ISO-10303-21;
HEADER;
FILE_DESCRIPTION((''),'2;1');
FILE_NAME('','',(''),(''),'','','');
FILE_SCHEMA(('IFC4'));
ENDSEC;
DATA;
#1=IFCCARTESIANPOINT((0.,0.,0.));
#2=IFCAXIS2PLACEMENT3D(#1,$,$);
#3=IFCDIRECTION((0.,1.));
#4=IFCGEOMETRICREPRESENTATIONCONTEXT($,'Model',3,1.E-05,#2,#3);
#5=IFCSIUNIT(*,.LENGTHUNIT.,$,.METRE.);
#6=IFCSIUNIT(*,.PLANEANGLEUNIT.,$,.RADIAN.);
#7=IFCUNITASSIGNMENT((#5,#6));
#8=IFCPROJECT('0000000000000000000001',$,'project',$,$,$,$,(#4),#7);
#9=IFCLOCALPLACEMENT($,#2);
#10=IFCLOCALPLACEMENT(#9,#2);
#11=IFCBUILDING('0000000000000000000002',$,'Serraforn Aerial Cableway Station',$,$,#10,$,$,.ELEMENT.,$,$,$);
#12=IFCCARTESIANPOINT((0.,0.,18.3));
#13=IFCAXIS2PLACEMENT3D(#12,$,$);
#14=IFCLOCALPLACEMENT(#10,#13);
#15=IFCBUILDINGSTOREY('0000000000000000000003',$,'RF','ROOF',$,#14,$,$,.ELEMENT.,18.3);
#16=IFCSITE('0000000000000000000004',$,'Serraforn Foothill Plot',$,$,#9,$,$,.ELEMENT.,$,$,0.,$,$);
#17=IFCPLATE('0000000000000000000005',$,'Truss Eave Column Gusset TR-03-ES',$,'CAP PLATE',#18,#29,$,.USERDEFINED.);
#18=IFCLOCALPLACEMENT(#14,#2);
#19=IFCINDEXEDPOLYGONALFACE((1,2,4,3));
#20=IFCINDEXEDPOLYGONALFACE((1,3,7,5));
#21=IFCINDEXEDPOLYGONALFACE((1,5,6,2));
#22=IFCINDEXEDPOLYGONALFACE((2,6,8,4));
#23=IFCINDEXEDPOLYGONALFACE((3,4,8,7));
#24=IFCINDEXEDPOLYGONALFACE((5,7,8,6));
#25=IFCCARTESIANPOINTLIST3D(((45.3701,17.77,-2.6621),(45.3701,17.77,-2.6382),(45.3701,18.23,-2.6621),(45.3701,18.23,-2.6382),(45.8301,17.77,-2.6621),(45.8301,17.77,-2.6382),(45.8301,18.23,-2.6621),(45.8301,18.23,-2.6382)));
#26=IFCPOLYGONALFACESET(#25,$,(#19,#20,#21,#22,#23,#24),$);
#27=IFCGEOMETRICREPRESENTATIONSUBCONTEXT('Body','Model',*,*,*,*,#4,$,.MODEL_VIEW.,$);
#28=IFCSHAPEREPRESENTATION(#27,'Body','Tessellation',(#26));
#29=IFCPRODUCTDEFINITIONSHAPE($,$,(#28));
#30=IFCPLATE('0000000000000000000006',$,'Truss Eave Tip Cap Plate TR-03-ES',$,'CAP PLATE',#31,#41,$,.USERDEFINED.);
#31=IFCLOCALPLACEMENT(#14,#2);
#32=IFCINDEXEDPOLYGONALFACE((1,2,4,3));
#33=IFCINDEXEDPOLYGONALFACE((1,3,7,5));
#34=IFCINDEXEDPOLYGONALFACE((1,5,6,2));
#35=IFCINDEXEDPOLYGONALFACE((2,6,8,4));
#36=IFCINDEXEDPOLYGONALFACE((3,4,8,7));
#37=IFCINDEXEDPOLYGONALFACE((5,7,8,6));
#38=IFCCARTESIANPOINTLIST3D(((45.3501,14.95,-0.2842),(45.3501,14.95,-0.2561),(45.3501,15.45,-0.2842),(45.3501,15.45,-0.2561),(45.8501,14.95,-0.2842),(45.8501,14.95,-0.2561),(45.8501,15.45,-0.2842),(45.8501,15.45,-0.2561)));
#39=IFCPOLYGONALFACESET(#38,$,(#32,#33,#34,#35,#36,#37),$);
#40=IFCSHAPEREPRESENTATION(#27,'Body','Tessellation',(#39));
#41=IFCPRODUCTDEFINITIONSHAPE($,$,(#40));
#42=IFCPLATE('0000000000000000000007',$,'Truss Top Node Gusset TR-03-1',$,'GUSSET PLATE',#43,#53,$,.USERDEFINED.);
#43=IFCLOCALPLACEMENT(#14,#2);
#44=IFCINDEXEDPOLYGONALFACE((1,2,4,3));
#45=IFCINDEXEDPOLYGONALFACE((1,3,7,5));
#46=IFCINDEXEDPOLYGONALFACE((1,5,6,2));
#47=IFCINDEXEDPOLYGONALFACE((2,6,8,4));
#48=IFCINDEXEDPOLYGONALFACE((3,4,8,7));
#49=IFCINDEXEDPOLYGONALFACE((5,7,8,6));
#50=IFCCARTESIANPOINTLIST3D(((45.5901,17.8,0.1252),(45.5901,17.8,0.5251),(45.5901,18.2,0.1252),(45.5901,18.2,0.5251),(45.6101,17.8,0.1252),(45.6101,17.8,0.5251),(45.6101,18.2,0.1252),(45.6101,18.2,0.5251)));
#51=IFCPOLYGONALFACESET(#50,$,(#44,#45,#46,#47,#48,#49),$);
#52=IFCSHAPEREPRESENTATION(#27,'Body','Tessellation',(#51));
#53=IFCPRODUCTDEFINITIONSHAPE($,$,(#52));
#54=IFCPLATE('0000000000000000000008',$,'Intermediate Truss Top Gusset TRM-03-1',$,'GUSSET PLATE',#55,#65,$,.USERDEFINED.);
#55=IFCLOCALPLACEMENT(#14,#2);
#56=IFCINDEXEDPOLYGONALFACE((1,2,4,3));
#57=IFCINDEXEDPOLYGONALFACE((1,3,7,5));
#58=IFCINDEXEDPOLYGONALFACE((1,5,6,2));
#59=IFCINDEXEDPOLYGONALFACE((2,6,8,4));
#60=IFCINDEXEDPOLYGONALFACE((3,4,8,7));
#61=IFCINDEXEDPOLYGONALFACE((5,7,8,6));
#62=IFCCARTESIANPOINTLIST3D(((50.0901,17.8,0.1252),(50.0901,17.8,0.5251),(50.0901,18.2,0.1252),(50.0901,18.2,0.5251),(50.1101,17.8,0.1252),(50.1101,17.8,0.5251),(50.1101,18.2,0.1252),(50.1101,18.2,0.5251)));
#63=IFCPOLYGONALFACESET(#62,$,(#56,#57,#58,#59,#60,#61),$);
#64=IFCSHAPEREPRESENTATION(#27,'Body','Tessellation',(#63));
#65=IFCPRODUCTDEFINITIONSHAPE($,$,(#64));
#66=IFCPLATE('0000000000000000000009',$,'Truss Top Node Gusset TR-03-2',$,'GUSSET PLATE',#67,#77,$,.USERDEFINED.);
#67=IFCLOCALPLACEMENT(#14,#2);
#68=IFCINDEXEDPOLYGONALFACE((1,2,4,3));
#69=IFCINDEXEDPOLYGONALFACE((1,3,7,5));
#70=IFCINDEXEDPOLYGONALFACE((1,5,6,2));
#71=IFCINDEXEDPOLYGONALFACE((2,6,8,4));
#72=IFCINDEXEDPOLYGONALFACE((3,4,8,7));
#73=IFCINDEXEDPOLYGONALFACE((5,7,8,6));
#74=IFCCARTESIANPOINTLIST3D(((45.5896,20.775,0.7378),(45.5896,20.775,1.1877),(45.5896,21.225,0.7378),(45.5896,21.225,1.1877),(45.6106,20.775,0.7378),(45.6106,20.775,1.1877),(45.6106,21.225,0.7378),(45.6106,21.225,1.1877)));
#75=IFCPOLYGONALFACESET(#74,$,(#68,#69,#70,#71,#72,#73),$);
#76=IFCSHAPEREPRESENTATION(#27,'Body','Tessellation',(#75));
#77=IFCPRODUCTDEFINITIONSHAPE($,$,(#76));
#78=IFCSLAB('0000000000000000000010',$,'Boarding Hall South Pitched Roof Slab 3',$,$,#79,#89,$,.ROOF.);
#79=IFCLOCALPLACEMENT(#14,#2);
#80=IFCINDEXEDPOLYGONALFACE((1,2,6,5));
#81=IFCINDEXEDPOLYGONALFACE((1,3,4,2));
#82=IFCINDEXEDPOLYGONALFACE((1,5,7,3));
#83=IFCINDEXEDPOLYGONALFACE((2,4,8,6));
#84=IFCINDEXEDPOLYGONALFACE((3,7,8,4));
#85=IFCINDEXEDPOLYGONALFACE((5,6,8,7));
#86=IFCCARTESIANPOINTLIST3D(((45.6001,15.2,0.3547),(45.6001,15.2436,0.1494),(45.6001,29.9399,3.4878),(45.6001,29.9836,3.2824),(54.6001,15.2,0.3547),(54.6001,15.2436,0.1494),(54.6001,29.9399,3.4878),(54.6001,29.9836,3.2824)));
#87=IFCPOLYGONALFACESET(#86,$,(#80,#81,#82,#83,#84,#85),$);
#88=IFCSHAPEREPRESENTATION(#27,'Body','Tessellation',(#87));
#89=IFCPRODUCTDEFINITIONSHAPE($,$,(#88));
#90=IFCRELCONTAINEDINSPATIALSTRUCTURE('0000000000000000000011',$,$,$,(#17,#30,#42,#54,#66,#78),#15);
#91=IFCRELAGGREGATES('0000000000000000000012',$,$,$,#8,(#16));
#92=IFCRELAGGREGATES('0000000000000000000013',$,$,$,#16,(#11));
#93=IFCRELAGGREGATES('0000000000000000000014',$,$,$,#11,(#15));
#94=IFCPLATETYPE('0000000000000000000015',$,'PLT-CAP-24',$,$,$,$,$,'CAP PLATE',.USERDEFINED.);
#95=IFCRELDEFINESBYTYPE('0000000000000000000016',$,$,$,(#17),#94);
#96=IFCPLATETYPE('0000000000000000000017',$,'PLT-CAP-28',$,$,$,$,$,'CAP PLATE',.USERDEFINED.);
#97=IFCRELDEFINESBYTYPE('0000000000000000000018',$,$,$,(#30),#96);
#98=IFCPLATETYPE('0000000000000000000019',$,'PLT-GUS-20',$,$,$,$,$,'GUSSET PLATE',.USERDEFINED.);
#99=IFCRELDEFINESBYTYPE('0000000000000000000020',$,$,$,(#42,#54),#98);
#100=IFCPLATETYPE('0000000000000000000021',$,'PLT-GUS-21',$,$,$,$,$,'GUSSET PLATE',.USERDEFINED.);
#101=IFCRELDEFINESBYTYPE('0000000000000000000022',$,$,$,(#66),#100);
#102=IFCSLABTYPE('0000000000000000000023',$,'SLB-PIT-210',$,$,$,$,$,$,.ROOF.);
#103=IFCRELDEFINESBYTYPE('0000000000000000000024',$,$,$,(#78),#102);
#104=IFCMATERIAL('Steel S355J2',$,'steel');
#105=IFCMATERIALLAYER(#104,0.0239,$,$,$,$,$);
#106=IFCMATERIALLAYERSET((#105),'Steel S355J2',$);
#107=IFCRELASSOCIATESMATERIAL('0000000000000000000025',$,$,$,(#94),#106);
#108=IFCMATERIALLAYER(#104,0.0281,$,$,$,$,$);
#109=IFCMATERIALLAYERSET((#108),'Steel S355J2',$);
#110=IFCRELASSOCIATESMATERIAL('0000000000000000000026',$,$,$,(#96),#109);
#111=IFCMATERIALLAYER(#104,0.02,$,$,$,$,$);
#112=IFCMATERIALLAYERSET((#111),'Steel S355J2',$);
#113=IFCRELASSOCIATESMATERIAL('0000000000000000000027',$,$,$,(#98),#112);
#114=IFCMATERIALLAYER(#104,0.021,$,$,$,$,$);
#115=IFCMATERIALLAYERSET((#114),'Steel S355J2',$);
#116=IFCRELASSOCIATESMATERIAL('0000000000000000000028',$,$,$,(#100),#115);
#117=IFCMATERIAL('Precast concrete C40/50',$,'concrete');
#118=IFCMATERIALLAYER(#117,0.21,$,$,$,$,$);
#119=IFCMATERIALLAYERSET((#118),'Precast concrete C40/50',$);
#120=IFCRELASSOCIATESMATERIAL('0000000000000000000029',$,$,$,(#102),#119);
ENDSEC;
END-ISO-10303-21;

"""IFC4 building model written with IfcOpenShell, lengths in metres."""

from ifc_helpers import new_model, si_unit, direction, frame, origin, origin_2d, place, context, subcontext, project, spatial, polyline, rectangle, outline, extrude, material, layer, layer_set, type_object, element, save


model = new_model("IFC4")

# Units and contexts
model_context = context("Model", 3, precision=1e-05, world=origin(), true_north=direction((0.0, 1.0)))
body_context = subcontext(model_context, "Body", "Model", "MODEL_VIEW")
ifc_project = project(units=[si_unit("LENGTHUNIT", "METRE"), si_unit("PLANEANGLEUNIT", "RADIAN")], contexts=[model_context])

# Site, building, storey
site_placement = place(None, origin())
site = spatial("IfcSite", under=ifc_project, at=site_placement, Name="Serraforn Foothill Plot", CompositionType="ELEMENT", RefElevation=0.0)
building_placement = place(site_placement, origin())
building = spatial("IfcBuilding", under=site, at=building_placement, Name="Serraforn Aerial Cableway Station", CompositionType="ELEMENT")
storey_placement = place(building_placement, frame((0.0, 0.0, 18.3)))
storey = spatial("IfcBuildingStorey", under=building, at=storey_placement, Name="RF", Description="ROOF", CompositionType="ELEMENT", Elevation=18.3)

# Shared definitions
ifc_material_1 = material(Name="Steel S355J2", Category="steel")

# Plates
ifc_layer_1 = layer(ifc_material_1, 0.0239)
ifc_layer_set_1 = layer_set([ifc_layer_1], Name="Steel S355J2")
plate_type_1 = type_object("IfcPlateType", Name="PLT-CAP-24", ElementType="CAP PLATE", PredefinedType="USERDEFINED", material=ifc_layer_set_1)
plate_1_placement = place(storey_placement, frame((45.6001, 18.0, -2.6621), z_axis=(0.0, 0.0, 1.0), x_axis=(1.0, 0.0, 0.0)))
element("IfcPlate", 1, at=plate_1_placement, inside=storey, type_object=plate_type_1, Name="Truss Eave Column Gusset TR-03-ES", ObjectType="CAP PLATE", PredefinedType="USERDEFINED", context=body_context, shape_type="SweptSolid", body=[
    extrude(rectangle(XDim=0.46, YDim=0.46, at=origin_2d()), origin(), (0.0, 0.0, 1.0), 0.0239),
])
ifc_layer_2 = layer(ifc_material_1, 0.0281)
ifc_layer_set_2 = layer_set([ifc_layer_2], Name="Steel S355J2")
plate_type_2 = type_object("IfcPlateType", Name="PLT-CAP-28", ElementType="CAP PLATE", PredefinedType="USERDEFINED", material=ifc_layer_set_2)
plate_2_placement = place(storey_placement, frame((45.6001, 15.2, -0.2842), z_axis=(0.0, 0.0, 1.0), x_axis=(1.0, 0.0, 0.0)))
element("IfcPlate", 2, at=plate_2_placement, inside=storey, type_object=plate_type_2, Name="Truss Eave Tip Cap Plate TR-03-ES", ObjectType="CAP PLATE", PredefinedType="USERDEFINED", context=body_context, shape_type="SweptSolid", body=[
    extrude(rectangle(XDim=0.5, YDim=0.5, at=origin_2d()), origin(), (0.0, 0.0, 1.0), 0.0281),
])
ifc_layer_3 = layer(ifc_material_1, 0.02)
ifc_layer_set_3 = layer_set([ifc_layer_3], Name="Steel S355J2")
plate_type_3 = type_object("IfcPlateType", Name="PLT-GUS-20", ElementType="GUSSET PLATE", PredefinedType="USERDEFINED", material=ifc_layer_set_3)
for number, where, z_axis, x_axis, name in (
    (3, (45.6001, 18.0, 0.1252), (0.0, 0.0, 1.0), (1.0, 0.0, 0.0), "Truss Top Node Gusset TR-03-1"),
    (4, (50.1001, 18.0, 0.1252), (0.0, 0.0, 1.0), (1.0, 0.0, 0.0), "Intermediate Truss Top Gusset TRM-03-1"),
):
    element("IfcPlate", number, at=place(storey_placement, frame(where, z_axis=z_axis, x_axis=x_axis)), inside=storey, type_object=plate_type_3, Name=name, ObjectType="GUSSET PLATE", PredefinedType="USERDEFINED", context=body_context, shape_type="SweptSolid", body=[
        extrude(rectangle(XDim=0.02, YDim=0.3999, at=origin_2d()), origin(), (0.0, 0.0, 1.0), 0.3999),
    ])
ifc_layer_4 = layer(ifc_material_1, 0.021)
ifc_layer_set_4 = layer_set([ifc_layer_4], Name="Steel S355J2")
plate_type_4 = type_object("IfcPlateType", Name="PLT-GUS-21", ElementType="GUSSET PLATE", PredefinedType="USERDEFINED", material=ifc_layer_set_4)
plate_3_placement = place(storey_placement, frame((45.6001, 21.0, 0.7378), z_axis=(0.0, 0.0, 1.0), x_axis=(1.0, 0.0, 0.0)))
element("IfcPlate", 5, at=plate_3_placement, inside=storey, type_object=plate_type_4, Name="Truss Top Node Gusset TR-03-2", ObjectType="GUSSET PLATE", PredefinedType="USERDEFINED", context=body_context, shape_type="SweptSolid", body=[
    extrude(rectangle(XDim=0.021, YDim=0.45, at=origin_2d()), origin(), (0.0, 0.0, 1.0), 0.45),
])

# Slab
ifc_material_2 = material(Name="Precast concrete C40/50", Category="concrete")
ifc_layer_5 = layer(ifc_material_2, 0.21)
ifc_layer_set_5 = layer_set([ifc_layer_5], Name="Precast concrete C40/50")
slab_type = type_object("IfcSlabType", Name="SLB-PIT-210", PredefinedType="ROOF", material=ifc_layer_set_5)
slab_placement = place(storey_placement, frame((45.6001, 15.2, 0.3547), z_axis=(0.0, -0.20791, 0.978148), x_axis=(1.0, 0.0, 0.0)))
element("IfcSlab", 6, at=slab_placement, inside=storey, type_object=slab_type, Name="Boarding Hall South Pitched Roof Slab 3", PredefinedType="ROOF", context=body_context, shape_type="SweptSolid", body=[
    extrude(outline(polyline([(0.0, 0.0), (9.0, 0.0), (9.0, 15.0693), (0.0, 15.0693), (0.0, 0.0)])), origin(), (0.0, 0.0, -1.0), 0.21),
])

save(model, "model.ifc")
